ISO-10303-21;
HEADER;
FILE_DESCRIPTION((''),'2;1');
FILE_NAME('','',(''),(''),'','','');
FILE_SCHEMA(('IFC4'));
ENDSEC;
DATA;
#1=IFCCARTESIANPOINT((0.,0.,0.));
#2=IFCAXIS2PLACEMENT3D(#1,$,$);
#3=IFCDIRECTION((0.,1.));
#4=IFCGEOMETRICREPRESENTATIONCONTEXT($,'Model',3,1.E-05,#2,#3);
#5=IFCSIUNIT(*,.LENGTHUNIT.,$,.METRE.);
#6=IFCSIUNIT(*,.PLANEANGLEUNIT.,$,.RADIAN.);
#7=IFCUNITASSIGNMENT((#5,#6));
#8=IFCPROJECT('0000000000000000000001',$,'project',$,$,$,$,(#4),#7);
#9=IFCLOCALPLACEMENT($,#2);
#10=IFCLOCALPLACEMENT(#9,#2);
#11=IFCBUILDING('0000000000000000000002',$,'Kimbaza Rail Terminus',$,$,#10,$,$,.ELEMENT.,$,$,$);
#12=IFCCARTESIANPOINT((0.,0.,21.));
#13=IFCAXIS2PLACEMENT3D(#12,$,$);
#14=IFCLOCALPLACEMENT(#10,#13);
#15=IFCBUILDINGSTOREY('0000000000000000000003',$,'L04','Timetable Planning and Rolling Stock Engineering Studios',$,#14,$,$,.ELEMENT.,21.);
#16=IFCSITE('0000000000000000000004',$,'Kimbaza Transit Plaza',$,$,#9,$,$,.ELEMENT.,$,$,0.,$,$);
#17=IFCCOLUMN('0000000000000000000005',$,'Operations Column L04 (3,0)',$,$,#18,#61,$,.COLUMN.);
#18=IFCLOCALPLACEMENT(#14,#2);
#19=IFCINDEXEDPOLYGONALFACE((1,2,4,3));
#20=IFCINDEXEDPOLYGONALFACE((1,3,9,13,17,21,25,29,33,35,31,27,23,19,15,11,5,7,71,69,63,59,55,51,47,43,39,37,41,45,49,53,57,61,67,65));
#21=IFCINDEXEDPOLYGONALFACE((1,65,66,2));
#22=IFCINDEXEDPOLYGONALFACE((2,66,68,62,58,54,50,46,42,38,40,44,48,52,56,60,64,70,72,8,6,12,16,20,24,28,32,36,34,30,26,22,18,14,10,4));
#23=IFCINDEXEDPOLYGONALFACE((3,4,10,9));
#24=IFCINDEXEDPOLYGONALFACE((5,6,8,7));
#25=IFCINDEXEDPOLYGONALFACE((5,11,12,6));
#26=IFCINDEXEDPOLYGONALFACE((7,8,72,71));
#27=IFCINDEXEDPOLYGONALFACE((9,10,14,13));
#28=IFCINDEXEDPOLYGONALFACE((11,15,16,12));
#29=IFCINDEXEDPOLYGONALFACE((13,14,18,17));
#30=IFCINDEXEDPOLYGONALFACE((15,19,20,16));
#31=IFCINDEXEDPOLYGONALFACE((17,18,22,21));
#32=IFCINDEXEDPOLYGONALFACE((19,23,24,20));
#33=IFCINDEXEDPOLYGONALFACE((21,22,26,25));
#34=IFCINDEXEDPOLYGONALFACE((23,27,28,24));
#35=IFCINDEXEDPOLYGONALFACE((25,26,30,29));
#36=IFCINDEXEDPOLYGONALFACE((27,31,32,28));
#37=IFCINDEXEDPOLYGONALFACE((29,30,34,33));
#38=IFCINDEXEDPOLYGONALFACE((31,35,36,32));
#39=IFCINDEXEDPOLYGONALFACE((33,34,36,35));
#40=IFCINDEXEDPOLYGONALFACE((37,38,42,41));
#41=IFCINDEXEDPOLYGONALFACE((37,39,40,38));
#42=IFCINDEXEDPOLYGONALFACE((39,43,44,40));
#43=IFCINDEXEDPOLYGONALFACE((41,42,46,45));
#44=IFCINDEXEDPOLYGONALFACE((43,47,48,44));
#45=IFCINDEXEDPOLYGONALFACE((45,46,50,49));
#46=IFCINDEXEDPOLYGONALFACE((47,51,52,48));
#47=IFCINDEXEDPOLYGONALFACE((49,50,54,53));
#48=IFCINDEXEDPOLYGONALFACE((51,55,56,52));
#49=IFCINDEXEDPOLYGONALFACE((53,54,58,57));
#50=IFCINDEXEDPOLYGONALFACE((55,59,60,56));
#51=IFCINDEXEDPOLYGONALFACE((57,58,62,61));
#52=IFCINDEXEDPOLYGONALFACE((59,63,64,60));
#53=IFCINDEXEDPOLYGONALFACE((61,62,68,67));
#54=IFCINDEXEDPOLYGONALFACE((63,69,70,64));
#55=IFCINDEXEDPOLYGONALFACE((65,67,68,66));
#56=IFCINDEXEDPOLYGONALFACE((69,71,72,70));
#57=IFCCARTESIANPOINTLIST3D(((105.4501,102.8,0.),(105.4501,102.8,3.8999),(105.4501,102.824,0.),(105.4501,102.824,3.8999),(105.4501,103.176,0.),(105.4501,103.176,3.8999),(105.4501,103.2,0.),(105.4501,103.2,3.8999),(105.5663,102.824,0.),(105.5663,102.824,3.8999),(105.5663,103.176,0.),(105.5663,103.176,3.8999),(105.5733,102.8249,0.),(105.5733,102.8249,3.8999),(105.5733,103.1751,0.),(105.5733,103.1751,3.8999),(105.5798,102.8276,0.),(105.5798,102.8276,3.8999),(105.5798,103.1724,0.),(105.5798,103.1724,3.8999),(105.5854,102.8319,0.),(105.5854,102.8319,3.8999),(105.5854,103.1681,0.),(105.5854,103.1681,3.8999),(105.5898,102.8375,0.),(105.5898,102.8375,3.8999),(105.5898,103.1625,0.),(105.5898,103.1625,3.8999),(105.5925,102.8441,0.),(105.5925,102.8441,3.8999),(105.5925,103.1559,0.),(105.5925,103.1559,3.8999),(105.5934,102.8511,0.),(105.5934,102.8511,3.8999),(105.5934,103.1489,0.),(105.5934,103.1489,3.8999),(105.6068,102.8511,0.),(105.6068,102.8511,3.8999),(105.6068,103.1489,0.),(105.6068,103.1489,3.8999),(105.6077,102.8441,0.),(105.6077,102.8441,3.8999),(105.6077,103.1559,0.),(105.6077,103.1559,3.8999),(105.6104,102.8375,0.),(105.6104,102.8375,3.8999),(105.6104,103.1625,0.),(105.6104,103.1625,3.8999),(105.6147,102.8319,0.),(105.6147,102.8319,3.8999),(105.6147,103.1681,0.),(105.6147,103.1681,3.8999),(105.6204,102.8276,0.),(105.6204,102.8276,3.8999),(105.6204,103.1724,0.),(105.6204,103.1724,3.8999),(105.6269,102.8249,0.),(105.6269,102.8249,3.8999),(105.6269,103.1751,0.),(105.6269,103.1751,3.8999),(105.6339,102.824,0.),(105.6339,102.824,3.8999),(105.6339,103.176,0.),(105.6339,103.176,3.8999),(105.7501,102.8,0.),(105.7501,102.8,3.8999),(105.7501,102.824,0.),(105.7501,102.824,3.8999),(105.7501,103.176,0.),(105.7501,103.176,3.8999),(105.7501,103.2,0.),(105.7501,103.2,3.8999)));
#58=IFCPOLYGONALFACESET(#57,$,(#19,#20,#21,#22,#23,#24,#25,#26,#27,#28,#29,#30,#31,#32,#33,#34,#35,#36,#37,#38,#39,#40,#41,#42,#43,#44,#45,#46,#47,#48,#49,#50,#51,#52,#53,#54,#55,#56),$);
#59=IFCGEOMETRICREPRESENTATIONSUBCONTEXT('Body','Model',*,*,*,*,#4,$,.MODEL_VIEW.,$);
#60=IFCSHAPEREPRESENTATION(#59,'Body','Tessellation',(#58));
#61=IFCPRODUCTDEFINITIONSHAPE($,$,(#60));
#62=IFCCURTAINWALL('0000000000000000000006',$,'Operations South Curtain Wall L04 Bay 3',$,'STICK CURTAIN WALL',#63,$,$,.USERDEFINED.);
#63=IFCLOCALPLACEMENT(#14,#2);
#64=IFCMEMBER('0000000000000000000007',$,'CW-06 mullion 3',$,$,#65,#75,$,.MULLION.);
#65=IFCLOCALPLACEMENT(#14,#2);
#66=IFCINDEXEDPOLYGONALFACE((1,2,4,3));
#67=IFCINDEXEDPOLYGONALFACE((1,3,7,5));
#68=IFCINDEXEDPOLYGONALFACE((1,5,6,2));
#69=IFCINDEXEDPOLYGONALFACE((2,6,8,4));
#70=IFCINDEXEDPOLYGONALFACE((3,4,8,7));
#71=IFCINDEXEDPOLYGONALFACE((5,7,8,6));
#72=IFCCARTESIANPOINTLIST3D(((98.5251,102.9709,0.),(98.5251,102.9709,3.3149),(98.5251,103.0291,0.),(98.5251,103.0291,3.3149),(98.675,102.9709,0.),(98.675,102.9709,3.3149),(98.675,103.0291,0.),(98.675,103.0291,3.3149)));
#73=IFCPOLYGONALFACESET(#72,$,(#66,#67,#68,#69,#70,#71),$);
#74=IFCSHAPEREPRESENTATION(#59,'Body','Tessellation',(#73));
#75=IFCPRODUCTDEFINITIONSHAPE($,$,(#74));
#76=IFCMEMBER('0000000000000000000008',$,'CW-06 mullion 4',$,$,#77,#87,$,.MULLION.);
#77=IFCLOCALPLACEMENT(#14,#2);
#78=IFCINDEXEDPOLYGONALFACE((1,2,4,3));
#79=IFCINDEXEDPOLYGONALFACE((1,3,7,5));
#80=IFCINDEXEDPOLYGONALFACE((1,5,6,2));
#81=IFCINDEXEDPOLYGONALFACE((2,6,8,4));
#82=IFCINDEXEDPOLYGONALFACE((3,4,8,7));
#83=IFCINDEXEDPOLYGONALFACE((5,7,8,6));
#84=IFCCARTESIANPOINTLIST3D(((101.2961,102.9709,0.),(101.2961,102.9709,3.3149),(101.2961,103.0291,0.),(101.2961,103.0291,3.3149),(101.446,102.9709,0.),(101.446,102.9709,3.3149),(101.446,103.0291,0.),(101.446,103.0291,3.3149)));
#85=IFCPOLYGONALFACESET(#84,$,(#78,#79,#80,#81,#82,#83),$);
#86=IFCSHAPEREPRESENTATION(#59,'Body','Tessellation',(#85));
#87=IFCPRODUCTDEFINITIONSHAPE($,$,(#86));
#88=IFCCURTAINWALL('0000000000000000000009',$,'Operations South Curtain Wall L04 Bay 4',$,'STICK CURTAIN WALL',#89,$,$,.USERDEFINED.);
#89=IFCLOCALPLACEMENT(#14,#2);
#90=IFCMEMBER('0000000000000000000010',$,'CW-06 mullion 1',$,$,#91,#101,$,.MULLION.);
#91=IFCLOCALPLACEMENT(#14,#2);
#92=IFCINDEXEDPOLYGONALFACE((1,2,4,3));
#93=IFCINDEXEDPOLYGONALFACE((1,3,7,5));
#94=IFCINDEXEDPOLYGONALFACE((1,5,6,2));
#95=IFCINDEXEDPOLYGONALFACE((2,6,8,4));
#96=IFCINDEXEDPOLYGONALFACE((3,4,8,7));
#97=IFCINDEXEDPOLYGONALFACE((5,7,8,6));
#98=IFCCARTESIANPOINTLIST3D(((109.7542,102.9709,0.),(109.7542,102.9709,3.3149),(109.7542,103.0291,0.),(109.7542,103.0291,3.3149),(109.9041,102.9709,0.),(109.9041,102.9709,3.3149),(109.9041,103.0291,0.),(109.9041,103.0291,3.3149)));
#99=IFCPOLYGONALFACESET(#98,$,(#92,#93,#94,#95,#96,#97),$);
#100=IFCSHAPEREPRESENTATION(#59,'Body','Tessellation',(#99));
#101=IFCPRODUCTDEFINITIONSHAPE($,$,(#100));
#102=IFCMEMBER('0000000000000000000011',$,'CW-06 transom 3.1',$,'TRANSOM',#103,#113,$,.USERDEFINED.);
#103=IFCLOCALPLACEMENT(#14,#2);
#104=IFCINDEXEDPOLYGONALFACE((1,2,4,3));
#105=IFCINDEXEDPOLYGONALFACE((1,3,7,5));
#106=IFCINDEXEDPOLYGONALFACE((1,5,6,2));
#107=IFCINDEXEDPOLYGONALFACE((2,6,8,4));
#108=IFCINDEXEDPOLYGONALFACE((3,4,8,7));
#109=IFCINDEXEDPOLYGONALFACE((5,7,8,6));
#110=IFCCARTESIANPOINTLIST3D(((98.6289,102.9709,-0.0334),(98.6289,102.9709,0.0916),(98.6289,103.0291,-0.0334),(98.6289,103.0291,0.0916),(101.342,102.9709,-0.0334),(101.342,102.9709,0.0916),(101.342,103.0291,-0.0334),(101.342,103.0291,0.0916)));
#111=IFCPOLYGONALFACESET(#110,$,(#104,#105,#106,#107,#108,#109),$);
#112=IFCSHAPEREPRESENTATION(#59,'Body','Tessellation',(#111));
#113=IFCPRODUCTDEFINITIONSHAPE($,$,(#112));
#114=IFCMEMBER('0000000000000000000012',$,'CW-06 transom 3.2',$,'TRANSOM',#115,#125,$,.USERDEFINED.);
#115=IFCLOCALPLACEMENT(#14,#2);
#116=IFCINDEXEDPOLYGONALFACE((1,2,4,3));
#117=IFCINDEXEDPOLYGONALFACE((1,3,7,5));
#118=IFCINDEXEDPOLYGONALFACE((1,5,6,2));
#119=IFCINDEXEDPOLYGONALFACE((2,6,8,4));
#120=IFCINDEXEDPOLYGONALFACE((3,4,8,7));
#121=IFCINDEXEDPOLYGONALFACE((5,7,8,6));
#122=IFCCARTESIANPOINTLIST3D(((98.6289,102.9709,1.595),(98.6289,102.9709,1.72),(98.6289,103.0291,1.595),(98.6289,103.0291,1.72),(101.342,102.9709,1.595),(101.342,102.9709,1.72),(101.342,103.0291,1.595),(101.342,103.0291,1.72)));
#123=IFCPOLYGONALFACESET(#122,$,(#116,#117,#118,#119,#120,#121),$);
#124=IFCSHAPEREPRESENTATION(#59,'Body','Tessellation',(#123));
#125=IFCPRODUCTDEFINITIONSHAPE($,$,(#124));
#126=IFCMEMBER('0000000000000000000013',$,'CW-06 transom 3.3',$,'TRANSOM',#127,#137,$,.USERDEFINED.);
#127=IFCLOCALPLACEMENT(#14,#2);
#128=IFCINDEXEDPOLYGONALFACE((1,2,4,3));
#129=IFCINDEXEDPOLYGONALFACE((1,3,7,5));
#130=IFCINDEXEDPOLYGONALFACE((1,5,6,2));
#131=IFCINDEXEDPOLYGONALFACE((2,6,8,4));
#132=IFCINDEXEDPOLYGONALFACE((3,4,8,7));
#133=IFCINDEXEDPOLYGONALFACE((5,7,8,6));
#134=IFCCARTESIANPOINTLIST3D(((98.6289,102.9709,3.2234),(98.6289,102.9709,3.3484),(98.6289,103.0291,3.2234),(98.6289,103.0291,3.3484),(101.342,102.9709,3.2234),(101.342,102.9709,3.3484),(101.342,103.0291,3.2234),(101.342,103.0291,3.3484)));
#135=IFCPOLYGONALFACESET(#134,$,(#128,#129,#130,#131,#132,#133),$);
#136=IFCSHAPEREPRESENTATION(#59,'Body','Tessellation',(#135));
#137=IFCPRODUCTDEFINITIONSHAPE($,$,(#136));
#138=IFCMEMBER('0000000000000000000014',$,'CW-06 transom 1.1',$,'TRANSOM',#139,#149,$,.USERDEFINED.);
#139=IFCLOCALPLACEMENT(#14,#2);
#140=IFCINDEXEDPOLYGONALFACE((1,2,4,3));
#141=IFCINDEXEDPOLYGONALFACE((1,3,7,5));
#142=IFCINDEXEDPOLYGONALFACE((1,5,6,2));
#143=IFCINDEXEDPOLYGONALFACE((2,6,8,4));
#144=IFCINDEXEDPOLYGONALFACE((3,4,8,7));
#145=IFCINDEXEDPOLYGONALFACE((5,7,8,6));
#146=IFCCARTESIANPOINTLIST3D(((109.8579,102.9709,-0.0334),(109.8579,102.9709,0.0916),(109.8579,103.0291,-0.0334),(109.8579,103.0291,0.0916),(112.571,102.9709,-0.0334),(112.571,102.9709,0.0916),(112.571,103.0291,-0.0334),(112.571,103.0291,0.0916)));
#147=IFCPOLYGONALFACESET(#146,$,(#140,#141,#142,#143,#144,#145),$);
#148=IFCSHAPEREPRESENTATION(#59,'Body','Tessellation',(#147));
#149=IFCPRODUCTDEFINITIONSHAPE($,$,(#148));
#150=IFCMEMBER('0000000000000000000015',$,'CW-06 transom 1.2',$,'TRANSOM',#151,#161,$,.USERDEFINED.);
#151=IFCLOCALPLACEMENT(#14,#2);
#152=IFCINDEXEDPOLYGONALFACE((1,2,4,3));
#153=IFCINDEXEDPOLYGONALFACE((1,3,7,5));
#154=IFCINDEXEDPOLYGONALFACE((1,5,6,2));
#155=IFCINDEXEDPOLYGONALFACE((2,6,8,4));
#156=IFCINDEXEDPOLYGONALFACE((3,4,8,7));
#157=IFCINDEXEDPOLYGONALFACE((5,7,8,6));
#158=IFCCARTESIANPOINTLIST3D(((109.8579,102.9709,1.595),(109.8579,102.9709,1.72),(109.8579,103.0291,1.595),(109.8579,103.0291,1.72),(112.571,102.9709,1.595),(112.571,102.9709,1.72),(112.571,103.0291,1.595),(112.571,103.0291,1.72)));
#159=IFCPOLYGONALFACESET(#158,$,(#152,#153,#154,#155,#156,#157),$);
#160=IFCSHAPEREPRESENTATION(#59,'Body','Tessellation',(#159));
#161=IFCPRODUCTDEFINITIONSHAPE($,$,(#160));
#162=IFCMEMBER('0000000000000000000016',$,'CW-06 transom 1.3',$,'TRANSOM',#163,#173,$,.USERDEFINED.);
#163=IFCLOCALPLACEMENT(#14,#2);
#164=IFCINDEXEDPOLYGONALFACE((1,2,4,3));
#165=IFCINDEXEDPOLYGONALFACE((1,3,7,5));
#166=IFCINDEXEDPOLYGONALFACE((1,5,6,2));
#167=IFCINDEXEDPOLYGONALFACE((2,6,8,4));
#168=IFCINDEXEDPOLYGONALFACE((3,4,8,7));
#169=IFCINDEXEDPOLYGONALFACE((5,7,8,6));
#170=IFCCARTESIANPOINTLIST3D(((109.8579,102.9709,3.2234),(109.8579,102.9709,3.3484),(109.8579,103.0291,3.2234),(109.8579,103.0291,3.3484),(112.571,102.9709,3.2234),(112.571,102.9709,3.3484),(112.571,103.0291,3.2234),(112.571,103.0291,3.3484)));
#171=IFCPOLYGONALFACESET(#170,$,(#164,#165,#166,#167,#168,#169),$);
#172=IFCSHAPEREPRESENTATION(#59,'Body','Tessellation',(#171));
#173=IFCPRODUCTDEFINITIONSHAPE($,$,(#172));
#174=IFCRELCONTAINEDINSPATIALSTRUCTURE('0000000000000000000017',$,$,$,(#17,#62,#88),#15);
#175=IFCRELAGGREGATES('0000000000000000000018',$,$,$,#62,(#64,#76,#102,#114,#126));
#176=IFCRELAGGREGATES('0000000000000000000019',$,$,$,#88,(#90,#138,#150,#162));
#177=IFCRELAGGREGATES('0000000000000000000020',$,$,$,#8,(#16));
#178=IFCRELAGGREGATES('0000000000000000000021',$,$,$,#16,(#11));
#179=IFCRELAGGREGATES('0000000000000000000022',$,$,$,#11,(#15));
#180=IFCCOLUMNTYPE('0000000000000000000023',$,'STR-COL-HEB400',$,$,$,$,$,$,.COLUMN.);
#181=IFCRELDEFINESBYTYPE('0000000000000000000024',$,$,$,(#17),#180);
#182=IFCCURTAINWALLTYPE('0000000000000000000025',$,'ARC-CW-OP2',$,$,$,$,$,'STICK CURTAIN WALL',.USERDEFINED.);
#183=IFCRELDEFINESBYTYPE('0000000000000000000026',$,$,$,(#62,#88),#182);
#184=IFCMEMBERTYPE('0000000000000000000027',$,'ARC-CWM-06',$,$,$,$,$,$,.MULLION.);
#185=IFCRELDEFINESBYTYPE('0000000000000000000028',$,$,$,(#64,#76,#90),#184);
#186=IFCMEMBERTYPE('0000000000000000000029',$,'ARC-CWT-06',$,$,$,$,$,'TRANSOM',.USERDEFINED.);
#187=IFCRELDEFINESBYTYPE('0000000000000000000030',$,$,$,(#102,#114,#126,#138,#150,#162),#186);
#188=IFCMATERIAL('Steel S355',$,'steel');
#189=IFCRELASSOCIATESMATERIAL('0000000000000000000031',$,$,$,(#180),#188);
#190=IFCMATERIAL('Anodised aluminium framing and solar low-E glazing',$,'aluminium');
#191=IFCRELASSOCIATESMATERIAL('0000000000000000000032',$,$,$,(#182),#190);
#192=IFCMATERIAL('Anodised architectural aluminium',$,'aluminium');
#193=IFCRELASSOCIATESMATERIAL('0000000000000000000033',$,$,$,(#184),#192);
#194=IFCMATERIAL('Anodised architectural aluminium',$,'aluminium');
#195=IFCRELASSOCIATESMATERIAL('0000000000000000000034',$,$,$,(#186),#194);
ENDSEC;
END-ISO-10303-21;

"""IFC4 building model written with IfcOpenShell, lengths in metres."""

from ifc_helpers import new_model, si_unit, direction, frame, origin, origin_2d, place, context, subcontext, project, spatial, rectangle, i_section, extrude, material, material_profile, profile_set, type_object, element, aggregate, save


model = new_model("IFC4")

# Units and contexts
model_context = context("Model", 3, precision=1e-05, world=origin(), true_north=direction((0.0, 1.0)))
body_context = subcontext(model_context, "Body", "Model", "MODEL_VIEW")
ifc_project = project(units=[si_unit("LENGTHUNIT", "METRE"), si_unit("PLANEANGLEUNIT", "RADIAN")], contexts=[model_context])

# Site, building, storey
site_placement = place(None, origin())
site = spatial("IfcSite", under=ifc_project, at=site_placement, Name="Kimbaza Transit Plaza", CompositionType="ELEMENT", RefElevation=0.0)
building_placement = place(site_placement, origin())
building = spatial("IfcBuilding", under=site, at=building_placement, Name="Kimbaza Rail Terminus", CompositionType="ELEMENT")
storey_placement = place(building_placement, frame((0.0, 0.0, 21.0)))
storey = spatial("IfcBuildingStorey", under=building, at=storey_placement, Name="L04", Description="Timetable Planning and Rolling Stock Engineering Studios", CompositionType="ELEMENT", Elevation=21.0)

# Column
ifc_material_1 = material(Name="Steel S355", Category="steel")
ifc_material_profile_1 = material_profile(ifc_material_1, i_section(OverallWidth=0.3, OverallDepth=0.3999, WebThickness=0.0134, FlangeThickness=0.0239, FilletRadius=0.0271, at=origin_2d()), Name="HEB 400")
ifc_profile_set_1 = profile_set([ifc_material_profile_1], Name="Steel S355")
column_type = type_object("IfcColumnType", Name="STR-COL-HEB400", PredefinedType="COLUMN", material=ifc_profile_set_1)
column_placement = place(storey_placement, frame((105.6001, 103.0, 0.0), z_axis=(0.0, 0.0, 1.0), x_axis=(1.0, 0.0, 0.0)))
element("IfcColumn", 1, at=column_placement, inside=storey, type_object=column_type, Name="Operations Column L04 (3,0)", PredefinedType="COLUMN", context=body_context, shape_type="SweptSolid", body=[
    extrude(i_section(OverallWidth=0.3, OverallDepth=0.3999, WebThickness=0.0134, FlangeThickness=0.0239, FilletRadius=0.0271, at=origin_2d()), origin(), (0.0, 0.0, 1.0), 3.8999),
])

# Curtain wall, members
ifc_material_2 = material(Name="Anodised aluminium framing and solar low-E glazing", Category="aluminium")
curtain_wall_type = type_object("IfcCurtainWallType", Name="ARC-CW-OP2", ElementType="STICK CURTAIN WALL", PredefinedType="USERDEFINED", material=ifc_material_2)
curtain_wall_1_placement = place(storey_placement, origin())
curtain_wall_1 = element("IfcCurtainWall", 2, at=curtain_wall_1_placement, inside=storey, type_object=curtain_wall_type, Name="Operations South Curtain Wall L04 Bay 3", ObjectType="STICK CURTAIN WALL", PredefinedType="USERDEFINED")
ifc_material_3 = material(Name="Anodised architectural aluminium", Category="aluminium")
ifc_material_profile_2 = material_profile(ifc_material_3, rectangle(XDim=0.0581, YDim=0.1499, at=origin_2d()), Name="MULLION 58x150")
ifc_profile_set_2 = profile_set([ifc_material_profile_2], Name="Anodised architectural aluminium")
member_type_1 = type_object("IfcMemberType", Name="ARC-CWM-06", PredefinedType="MULLION", material=ifc_profile_set_2)
member_1_placement = place(storey_placement, frame((98.6001, 103.0, 0.0), z_axis=(0.0, 0.0, 1.0), x_axis=(0.0, 1.0, 0.0)))
member_1 = element("IfcMember", 3, at=member_1_placement, type_object=member_type_1, Name="CW-06 mullion 3", PredefinedType="MULLION", context=body_context, shape_type="SweptSolid", body=[
    extrude(rectangle(XDim=0.0581, YDim=0.1499, at=origin_2d()), origin(), (0.0, 0.0, 1.0), 3.3149),
])
member_2_placement = place(storey_placement, frame((101.3711, 103.0, 0.0), z_axis=(0.0, 0.0, 1.0), x_axis=(0.0, 1.0, 0.0)))
member_2 = element("IfcMember", 4, at=member_2_placement, type_object=member_type_1, Name="CW-06 mullion 4", PredefinedType="MULLION", context=body_context, shape_type="SweptSolid", body=[
    extrude(rectangle(XDim=0.0581, YDim=0.1499, at=origin_2d()), origin(), (0.0, 0.0, 1.0), 3.3149),
])

# Curtain wall, member
curtain_wall_2_placement = place(storey_placement, origin())
curtain_wall_2 = element("IfcCurtainWall", 5, at=curtain_wall_2_placement, inside=storey, type_object=curtain_wall_type, Name="Operations South Curtain Wall L04 Bay 4", ObjectType="STICK CURTAIN WALL", PredefinedType="USERDEFINED")
member_3_placement = place(storey_placement, frame((109.8291, 103.0, 0.0), z_axis=(0.0, 0.0, 1.0), x_axis=(0.0, 1.0, 0.0)))
member_3 = element("IfcMember", 6, at=member_3_placement, type_object=member_type_1, Name="CW-06 mullion 1", PredefinedType="MULLION", context=body_context, shape_type="SweptSolid", body=[
    extrude(rectangle(XDim=0.0581, YDim=0.1499, at=origin_2d()), origin(), (0.0, 0.0, 1.0), 3.3149),
])

# Members
ifc_material_4 = material(Name="Anodised architectural aluminium", Category="aluminium")
ifc_material_profile_3 = material_profile(ifc_material_4, rectangle(XDim=0.0581, YDim=0.125, at=origin_2d()), Name="TRANSOM 58x125")
ifc_profile_set_3 = profile_set([ifc_material_profile_3], Name="Anodised architectural aluminium")
member_type_2 = type_object("IfcMemberType", Name="ARC-CWT-06", ElementType="TRANSOM", PredefinedType="USERDEFINED", material=ifc_profile_set_3)
member_4_placement = place(storey_placement, frame((98.6289, 103.0, 0.0291), z_axis=(1.0, 0.0, 0.0), x_axis=(0.0, 1.0, 0.0)))
member_4 = element("IfcMember", 7, at=member_4_placement, type_object=member_type_2, Name="CW-06 transom 3.1", ObjectType="TRANSOM", PredefinedType="USERDEFINED", context=body_context, shape_type="SweptSolid", body=[
    extrude(rectangle(XDim=0.0581, YDim=0.125, at=origin_2d()), origin(), (0.0, 0.0, 1.0), 2.7131),
])
member_5_placement = place(storey_placement, frame((98.6289, 103.0, 1.6575), z_axis=(1.0, 0.0, 0.0), x_axis=(0.0, 1.0, 0.0)))
member_5 = element("IfcMember", 8, at=member_5_placement, type_object=member_type_2, Name="CW-06 transom 3.2", ObjectType="TRANSOM", PredefinedType="USERDEFINED", context=body_context, shape_type="SweptSolid", body=[
    extrude(rectangle(XDim=0.0581, YDim=0.125, at=origin_2d()), origin(), (0.0, 0.0, 1.0), 2.7131),
])
member_6_placement = place(storey_placement, frame((98.6289, 103.0, 3.2859), z_axis=(1.0, 0.0, 0.0), x_axis=(0.0, 1.0, 0.0)))
member_6 = element("IfcMember", 9, at=member_6_placement, type_object=member_type_2, Name="CW-06 transom 3.3", ObjectType="TRANSOM", PredefinedType="USERDEFINED", context=body_context, shape_type="SweptSolid", body=[
    extrude(rectangle(XDim=0.0581, YDim=0.125, at=origin_2d()), origin(), (0.0, 0.0, 1.0), 2.7131),
])
member_7_placement = place(storey_placement, frame((109.8579, 103.0, 0.0291), z_axis=(1.0, 0.0, 0.0), x_axis=(0.0, 1.0, 0.0)))
member_7 = element("IfcMember", 10, at=member_7_placement, type_object=member_type_2, Name="CW-06 transom 1.1", ObjectType="TRANSOM", PredefinedType="USERDEFINED", context=body_context, shape_type="SweptSolid", body=[
    extrude(rectangle(XDim=0.0581, YDim=0.125, at=origin_2d()), origin(), (0.0, 0.0, 1.0), 2.7131),
])
member_8_placement = place(storey_placement, frame((109.8579, 103.0, 1.6575), z_axis=(1.0, 0.0, 0.0), x_axis=(0.0, 1.0, 0.0)))
member_8 = element("IfcMember", 11, at=member_8_placement, type_object=member_type_2, Name="CW-06 transom 1.2", ObjectType="TRANSOM", PredefinedType="USERDEFINED", context=body_context, shape_type="SweptSolid", body=[
    extrude(rectangle(XDim=0.0581, YDim=0.125, at=origin_2d()), origin(), (0.0, 0.0, 1.0), 2.7131),
])
member_9_placement = place(storey_placement, frame((109.8579, 103.0, 3.2859), z_axis=(1.0, 0.0, 0.0), x_axis=(0.0, 1.0, 0.0)))
member_9 = element("IfcMember", 12, at=member_9_placement, type_object=member_type_2, Name="CW-06 transom 1.3", ObjectType="TRANSOM", PredefinedType="USERDEFINED", context=body_context, shape_type="SweptSolid", body=[
    extrude(rectangle(XDim=0.0581, YDim=0.125, at=origin_2d()), origin(), (0.0, 0.0, 1.0), 2.7131),
])

aggregate(curtain_wall_1, [member_1, member_2, member_4, member_5, member_6])
aggregate(curtain_wall_2, [member_3, member_7, member_8, member_9])

save(model, "model.ifc")
